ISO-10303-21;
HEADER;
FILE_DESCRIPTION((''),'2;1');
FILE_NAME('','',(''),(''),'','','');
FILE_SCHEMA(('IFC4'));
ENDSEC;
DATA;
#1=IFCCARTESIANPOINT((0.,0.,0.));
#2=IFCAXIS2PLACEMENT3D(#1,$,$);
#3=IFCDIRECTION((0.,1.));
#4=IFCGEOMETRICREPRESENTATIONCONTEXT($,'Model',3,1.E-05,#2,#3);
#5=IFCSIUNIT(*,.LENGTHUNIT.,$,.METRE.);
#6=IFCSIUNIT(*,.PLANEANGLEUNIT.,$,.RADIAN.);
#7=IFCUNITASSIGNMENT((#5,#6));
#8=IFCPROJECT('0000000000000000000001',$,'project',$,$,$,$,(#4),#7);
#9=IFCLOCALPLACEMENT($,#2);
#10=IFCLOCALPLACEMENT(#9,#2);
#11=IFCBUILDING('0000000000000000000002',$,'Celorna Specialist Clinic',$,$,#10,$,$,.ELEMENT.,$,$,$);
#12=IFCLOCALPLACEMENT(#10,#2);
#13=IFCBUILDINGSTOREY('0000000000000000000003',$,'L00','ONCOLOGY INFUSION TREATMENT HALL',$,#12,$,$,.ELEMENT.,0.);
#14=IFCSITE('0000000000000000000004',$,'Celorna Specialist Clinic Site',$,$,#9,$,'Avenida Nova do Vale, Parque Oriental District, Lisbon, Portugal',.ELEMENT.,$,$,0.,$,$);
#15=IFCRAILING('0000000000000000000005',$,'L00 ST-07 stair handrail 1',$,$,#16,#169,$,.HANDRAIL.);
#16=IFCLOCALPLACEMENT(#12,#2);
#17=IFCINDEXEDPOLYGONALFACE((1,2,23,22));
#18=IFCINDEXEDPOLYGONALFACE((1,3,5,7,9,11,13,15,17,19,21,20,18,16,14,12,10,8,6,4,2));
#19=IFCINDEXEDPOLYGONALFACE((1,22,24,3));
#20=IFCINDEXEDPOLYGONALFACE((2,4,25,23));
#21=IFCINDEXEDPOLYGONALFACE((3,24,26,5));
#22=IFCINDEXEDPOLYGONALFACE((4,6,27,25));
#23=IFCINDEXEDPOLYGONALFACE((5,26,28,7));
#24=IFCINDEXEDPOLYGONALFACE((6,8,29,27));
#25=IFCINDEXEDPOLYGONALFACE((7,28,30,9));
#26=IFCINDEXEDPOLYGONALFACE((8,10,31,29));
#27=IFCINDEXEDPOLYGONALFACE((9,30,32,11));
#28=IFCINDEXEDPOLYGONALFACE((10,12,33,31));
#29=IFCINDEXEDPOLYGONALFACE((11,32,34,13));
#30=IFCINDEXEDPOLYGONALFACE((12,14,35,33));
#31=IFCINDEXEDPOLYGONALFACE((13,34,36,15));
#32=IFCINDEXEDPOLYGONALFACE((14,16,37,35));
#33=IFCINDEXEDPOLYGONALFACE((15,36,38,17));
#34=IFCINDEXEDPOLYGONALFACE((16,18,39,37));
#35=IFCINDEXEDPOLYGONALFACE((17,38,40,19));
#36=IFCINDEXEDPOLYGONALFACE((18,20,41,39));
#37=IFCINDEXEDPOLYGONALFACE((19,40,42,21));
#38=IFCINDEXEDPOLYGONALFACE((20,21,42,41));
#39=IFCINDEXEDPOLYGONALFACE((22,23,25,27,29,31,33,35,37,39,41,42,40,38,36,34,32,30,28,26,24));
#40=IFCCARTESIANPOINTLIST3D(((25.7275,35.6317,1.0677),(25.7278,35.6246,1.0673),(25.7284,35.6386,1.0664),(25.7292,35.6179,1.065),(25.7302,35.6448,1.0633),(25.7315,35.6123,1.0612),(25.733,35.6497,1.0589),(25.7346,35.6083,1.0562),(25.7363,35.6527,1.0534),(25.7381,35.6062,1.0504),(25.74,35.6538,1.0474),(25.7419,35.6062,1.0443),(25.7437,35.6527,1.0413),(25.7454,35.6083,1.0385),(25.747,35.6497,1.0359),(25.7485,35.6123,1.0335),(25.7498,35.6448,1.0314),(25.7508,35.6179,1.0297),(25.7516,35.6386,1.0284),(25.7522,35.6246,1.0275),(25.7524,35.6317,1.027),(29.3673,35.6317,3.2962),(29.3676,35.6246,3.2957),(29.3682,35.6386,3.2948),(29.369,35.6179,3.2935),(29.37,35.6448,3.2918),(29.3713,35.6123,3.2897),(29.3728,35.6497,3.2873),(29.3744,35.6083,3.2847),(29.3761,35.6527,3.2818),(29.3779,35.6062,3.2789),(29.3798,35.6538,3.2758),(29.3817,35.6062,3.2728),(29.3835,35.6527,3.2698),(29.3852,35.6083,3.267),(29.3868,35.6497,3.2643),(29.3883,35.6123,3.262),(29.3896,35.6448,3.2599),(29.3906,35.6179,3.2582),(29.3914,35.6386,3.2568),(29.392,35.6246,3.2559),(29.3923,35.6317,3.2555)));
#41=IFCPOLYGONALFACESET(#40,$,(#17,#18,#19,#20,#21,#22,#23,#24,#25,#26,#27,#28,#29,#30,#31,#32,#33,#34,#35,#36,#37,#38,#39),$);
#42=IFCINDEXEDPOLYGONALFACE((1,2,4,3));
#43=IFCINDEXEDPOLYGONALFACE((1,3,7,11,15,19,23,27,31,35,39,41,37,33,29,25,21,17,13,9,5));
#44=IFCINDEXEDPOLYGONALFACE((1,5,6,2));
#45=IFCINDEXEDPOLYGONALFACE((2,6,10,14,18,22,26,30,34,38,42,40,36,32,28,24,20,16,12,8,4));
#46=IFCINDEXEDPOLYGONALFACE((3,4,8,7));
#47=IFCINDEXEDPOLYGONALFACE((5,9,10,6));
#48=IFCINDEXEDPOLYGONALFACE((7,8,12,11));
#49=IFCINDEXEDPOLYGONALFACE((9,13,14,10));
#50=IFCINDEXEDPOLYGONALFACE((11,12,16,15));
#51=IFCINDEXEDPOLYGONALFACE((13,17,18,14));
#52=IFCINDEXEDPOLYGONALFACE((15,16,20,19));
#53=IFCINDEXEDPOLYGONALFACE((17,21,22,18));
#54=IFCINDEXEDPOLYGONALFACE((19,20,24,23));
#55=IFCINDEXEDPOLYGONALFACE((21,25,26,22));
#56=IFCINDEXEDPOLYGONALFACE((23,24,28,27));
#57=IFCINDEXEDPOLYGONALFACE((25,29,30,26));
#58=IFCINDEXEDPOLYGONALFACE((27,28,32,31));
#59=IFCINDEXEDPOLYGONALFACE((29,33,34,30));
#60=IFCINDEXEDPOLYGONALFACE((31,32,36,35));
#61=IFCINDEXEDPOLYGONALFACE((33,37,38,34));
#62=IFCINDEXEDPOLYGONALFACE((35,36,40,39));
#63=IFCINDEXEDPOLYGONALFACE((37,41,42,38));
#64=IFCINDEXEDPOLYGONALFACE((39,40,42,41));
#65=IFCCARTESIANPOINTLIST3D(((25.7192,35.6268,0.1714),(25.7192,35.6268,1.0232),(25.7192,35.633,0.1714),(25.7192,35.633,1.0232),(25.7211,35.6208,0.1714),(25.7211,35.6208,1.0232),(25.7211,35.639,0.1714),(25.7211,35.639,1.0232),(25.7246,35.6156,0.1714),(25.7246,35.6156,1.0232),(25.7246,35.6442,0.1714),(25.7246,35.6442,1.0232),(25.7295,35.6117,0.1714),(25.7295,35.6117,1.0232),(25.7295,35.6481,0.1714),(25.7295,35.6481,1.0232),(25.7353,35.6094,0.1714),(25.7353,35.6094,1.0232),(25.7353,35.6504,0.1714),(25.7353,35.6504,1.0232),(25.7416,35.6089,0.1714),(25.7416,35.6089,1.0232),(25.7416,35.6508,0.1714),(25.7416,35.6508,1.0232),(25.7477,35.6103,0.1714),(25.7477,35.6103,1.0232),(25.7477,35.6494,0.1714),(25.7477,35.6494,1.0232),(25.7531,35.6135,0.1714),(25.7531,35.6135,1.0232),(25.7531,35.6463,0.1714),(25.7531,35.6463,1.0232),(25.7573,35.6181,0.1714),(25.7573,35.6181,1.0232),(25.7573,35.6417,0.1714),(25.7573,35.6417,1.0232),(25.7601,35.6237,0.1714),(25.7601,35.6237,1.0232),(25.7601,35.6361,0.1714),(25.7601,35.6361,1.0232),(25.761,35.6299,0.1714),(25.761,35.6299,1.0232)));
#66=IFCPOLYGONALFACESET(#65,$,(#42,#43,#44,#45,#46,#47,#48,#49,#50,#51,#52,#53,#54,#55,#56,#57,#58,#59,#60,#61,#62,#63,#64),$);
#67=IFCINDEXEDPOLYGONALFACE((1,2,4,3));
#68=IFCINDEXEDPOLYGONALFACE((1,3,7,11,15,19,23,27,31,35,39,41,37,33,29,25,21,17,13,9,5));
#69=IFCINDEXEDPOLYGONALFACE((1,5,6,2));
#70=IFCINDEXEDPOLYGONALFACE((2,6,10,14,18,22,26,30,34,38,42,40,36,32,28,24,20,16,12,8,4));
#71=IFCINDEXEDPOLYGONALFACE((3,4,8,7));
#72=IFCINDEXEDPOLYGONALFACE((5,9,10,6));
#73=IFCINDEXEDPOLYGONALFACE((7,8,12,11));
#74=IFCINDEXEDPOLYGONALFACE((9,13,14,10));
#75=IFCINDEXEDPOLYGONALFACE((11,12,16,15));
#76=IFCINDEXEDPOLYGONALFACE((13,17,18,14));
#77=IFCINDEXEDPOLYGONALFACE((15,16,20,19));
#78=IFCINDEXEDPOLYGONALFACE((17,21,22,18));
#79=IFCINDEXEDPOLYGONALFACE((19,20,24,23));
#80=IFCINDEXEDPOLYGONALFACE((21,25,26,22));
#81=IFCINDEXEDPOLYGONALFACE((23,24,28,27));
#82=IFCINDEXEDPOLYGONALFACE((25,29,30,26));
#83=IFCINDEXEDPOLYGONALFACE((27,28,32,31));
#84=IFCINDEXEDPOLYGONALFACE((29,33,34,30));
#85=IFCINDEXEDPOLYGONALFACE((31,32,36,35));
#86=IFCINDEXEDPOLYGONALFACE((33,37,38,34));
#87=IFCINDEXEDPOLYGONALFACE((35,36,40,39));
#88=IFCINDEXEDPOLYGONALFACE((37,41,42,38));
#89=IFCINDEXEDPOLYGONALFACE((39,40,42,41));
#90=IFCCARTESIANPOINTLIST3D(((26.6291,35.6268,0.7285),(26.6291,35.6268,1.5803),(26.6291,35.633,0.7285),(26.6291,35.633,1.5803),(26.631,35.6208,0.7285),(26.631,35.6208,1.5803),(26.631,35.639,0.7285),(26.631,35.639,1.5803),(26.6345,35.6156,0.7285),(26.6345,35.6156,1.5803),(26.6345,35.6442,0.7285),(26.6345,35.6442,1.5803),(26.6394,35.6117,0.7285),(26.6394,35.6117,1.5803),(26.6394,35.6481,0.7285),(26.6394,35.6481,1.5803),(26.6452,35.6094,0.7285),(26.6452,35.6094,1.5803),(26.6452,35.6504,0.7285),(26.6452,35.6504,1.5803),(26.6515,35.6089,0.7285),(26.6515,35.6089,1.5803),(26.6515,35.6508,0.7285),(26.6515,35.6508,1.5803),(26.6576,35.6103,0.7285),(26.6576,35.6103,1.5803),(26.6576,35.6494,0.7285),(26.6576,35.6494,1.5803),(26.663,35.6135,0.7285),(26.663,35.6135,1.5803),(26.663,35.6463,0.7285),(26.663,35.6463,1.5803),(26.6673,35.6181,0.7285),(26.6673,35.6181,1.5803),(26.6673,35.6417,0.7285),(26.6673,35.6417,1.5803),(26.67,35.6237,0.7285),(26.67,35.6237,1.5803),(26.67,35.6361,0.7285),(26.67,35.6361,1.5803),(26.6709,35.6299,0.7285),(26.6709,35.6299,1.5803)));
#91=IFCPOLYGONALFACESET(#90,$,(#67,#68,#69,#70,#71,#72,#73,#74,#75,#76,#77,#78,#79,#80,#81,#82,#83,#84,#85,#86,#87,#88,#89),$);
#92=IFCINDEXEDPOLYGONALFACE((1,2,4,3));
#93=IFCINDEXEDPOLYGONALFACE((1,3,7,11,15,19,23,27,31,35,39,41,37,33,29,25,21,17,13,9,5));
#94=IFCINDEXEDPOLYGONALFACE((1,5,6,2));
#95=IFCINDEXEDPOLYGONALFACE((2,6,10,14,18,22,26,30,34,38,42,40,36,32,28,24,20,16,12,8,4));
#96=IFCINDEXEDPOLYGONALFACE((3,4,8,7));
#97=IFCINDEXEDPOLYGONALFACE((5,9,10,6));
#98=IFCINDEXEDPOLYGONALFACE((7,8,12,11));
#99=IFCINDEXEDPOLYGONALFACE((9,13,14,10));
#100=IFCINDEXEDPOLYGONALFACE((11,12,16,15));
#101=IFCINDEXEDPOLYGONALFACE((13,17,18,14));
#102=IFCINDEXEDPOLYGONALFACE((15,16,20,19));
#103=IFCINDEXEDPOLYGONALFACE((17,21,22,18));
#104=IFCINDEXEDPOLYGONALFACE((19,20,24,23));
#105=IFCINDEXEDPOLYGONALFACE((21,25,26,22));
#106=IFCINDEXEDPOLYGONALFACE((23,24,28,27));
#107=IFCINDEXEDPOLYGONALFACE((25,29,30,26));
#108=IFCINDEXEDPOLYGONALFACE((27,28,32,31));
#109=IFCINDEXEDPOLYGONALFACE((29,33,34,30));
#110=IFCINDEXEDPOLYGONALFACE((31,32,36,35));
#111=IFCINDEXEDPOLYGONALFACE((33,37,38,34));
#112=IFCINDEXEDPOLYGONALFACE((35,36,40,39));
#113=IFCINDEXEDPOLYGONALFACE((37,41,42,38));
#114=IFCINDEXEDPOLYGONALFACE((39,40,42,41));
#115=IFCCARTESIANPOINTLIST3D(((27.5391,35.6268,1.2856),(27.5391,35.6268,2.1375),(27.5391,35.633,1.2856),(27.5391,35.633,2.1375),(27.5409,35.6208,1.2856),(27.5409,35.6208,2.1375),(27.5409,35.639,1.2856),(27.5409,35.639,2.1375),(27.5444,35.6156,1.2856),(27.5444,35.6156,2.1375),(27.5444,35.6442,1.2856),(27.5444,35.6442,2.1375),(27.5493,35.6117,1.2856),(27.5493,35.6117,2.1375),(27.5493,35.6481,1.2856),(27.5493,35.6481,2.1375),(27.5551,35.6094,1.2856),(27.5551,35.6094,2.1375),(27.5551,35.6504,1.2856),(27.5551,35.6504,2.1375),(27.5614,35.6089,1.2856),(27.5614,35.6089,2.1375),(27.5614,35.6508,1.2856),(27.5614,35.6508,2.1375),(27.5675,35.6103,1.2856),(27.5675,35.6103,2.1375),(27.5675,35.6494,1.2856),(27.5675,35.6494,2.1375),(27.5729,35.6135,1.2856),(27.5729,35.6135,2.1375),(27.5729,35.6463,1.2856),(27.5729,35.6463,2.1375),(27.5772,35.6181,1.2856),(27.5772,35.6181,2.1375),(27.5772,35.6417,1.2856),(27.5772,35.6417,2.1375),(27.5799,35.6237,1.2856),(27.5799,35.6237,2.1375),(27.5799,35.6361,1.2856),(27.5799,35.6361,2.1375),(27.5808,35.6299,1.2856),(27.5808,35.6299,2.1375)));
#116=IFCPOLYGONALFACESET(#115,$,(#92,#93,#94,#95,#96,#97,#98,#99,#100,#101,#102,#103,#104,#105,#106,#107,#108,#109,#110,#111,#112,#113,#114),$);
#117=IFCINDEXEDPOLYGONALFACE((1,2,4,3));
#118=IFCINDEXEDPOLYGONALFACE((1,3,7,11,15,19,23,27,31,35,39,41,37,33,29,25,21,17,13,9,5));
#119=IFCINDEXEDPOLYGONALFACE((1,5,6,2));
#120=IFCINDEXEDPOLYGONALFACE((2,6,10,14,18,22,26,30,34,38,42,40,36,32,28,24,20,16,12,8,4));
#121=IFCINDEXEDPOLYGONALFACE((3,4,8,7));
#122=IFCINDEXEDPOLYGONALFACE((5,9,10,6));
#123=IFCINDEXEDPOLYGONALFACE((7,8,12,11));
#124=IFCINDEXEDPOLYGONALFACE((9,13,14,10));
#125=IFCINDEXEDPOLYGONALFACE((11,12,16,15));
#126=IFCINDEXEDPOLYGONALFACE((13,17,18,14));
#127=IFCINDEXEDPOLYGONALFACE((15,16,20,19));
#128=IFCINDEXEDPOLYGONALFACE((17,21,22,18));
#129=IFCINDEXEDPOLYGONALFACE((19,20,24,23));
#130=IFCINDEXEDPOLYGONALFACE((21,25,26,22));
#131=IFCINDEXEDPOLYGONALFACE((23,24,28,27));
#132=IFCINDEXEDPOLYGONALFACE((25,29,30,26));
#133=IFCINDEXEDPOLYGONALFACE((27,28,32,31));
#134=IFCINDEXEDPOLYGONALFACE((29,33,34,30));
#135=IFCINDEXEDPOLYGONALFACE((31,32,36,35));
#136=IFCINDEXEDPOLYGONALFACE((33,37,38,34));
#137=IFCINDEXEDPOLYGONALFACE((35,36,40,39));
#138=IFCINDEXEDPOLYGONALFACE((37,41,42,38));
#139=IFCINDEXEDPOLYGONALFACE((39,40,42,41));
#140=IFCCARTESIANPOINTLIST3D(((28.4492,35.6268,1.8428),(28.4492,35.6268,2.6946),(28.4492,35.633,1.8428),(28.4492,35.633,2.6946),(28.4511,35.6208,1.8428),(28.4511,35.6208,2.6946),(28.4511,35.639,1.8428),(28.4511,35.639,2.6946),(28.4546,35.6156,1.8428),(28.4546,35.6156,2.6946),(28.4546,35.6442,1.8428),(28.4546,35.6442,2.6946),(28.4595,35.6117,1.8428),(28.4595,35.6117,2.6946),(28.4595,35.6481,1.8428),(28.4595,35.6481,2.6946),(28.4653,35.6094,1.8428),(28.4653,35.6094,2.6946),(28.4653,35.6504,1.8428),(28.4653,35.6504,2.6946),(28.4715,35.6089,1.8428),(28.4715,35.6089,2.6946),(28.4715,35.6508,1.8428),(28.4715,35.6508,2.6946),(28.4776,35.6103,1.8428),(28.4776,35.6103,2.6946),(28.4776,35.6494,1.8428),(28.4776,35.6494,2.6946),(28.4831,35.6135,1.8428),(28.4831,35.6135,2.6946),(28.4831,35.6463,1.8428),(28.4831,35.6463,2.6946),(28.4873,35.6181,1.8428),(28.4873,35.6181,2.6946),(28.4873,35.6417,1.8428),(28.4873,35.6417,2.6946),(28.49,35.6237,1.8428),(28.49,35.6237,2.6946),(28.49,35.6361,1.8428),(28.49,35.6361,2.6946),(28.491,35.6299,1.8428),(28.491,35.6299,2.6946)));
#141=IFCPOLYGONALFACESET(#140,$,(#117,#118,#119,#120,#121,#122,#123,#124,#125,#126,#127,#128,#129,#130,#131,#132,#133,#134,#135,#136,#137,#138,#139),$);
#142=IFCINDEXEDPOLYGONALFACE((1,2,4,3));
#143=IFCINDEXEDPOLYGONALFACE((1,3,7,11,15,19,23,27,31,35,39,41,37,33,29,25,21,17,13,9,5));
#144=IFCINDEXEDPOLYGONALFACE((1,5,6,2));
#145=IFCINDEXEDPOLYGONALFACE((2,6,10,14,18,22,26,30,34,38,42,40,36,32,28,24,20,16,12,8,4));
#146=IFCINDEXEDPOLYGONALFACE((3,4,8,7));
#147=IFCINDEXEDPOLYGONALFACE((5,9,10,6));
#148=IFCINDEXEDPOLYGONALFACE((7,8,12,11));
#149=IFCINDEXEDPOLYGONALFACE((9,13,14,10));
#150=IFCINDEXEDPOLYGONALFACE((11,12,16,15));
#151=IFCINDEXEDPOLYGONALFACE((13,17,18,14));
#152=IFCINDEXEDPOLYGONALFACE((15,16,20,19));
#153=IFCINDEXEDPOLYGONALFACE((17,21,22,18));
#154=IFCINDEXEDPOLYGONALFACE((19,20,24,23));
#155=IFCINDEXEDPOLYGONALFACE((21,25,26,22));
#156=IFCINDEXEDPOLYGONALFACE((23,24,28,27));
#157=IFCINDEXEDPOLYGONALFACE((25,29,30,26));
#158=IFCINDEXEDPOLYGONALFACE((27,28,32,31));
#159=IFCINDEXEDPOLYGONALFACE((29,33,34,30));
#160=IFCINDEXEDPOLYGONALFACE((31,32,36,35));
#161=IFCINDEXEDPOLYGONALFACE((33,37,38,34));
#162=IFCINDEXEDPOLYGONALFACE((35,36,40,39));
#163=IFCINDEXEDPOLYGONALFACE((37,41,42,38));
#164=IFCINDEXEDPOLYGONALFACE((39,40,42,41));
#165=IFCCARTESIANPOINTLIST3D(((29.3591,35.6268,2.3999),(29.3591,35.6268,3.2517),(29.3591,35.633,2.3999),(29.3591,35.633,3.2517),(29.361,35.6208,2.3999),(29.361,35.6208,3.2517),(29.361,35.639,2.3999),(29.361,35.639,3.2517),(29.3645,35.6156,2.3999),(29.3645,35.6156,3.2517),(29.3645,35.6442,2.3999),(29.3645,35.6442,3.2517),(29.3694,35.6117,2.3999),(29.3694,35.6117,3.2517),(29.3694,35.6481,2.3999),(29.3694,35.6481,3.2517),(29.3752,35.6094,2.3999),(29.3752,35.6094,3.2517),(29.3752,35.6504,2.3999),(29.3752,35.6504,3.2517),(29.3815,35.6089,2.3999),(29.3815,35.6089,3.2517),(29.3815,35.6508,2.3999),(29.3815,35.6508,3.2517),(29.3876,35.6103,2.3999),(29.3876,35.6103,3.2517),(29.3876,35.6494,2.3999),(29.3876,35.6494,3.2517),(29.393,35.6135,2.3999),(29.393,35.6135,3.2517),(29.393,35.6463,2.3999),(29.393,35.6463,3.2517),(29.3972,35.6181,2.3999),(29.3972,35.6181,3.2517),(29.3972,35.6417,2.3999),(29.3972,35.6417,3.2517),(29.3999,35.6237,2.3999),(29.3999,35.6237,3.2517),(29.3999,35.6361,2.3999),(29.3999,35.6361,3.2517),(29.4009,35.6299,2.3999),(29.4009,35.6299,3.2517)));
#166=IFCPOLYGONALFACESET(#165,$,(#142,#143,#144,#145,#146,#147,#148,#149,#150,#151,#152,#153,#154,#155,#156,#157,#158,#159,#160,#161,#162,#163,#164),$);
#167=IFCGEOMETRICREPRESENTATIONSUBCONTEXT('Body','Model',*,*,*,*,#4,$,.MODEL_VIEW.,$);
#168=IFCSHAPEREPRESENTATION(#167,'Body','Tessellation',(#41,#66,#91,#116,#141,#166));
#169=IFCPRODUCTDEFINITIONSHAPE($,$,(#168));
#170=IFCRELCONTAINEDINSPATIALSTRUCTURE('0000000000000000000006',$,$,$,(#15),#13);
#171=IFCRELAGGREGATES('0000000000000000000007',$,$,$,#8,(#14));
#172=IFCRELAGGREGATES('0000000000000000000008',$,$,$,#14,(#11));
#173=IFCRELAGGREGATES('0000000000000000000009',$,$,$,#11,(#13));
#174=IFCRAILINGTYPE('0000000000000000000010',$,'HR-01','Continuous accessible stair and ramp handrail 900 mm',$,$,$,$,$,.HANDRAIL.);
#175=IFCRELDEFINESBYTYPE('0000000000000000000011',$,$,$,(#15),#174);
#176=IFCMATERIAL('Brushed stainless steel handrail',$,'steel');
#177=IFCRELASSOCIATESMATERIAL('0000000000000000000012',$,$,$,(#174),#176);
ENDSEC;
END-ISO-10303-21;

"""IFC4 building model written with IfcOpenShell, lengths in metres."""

from ifc_helpers import new_model, si_unit, direction, frame, origin, origin_2d, place, context, subcontext, project, spatial, circle, extrude, material, type_object, element, save


model = new_model("IFC4")

# Units and contexts
model_context = context("Model", 3, precision=1e-05, world=origin(), true_north=direction((0.0, 1.0)))
body_context = subcontext(model_context, "Body", "Model", "MODEL_VIEW")
ifc_project = project(units=[si_unit("LENGTHUNIT", "METRE"), si_unit("PLANEANGLEUNIT", "RADIAN")], contexts=[model_context])

# Site, building, storey
site_placement = place(None, origin())
site = spatial("IfcSite", under=ifc_project, at=site_placement, Name="Celorna Specialist Clinic Site", LongName="Avenida Nova do Vale, Parque Oriental District, Lisbon, Portugal", CompositionType="ELEMENT", RefElevation=0.0)
building_placement = place(site_placement, origin())
building = spatial("IfcBuilding", under=site, at=building_placement, Name="Celorna Specialist Clinic", CompositionType="ELEMENT")
storey_placement = place(building_placement, origin())
storey = spatial("IfcBuildingStorey", under=building, at=storey_placement, Name="L00", Description="ONCOLOGY INFUSION TREATMENT HALL", CompositionType="ELEMENT", Elevation=0.0)

# Railing
ifc_material_1 = material(Name="Brushed stainless steel handrail", Category="steel")
railing_type_1 = type_object("IfcRailingType", Name="HR-01", Description="Continuous accessible stair and ramp handrail 900 mm", PredefinedType="HANDRAIL", material=ifc_material_1)
railing_1_placement = place(storey_placement, frame((25.74, 35.6299, 0.1714)))
element("IfcRailing", 1, at=railing_1_placement, inside=storey, type_object=railing_type_1, Name="L00 ST-07 stair handrail 1", PredefinedType="HANDRAIL", context=body_context, shape_type="SweptSolid", body=[
    extrude(circle(Radius=0.0239, at=origin_2d()), frame((0.0, 0.0, 0.876), z_axis=(0.85285, 0.0, 0.522156), x_axis=(0.0, 1.0, 0.0)), (0.0, 0.0, 1.0), 4.2678),
    extrude(circle(Radius=0.021, at=origin_2d()), origin(), (0.0, 0.0, 1.0), 0.8518),
    extrude(circle(Radius=0.021, at=origin_2d()), frame((0.9099, 0.0, 0.5571)), (0.0, 0.0, 1.0), 0.8518),
    extrude(circle(Radius=0.021, at=origin_2d()), frame((1.8198, 0.0, 1.1143)), (0.0, 0.0, 1.0), 0.8518),
    extrude(circle(Radius=0.021, at=origin_2d()), frame((2.73, 0.0, 1.6714)), (0.0, 0.0, 1.0), 0.8518),
    extrude(circle(Radius=0.021, at=origin_2d()), frame((3.6399, 0.0, 2.2285)), (0.0, 0.0, 1.0), 0.8518),
])

save(model, "model.ifc")
